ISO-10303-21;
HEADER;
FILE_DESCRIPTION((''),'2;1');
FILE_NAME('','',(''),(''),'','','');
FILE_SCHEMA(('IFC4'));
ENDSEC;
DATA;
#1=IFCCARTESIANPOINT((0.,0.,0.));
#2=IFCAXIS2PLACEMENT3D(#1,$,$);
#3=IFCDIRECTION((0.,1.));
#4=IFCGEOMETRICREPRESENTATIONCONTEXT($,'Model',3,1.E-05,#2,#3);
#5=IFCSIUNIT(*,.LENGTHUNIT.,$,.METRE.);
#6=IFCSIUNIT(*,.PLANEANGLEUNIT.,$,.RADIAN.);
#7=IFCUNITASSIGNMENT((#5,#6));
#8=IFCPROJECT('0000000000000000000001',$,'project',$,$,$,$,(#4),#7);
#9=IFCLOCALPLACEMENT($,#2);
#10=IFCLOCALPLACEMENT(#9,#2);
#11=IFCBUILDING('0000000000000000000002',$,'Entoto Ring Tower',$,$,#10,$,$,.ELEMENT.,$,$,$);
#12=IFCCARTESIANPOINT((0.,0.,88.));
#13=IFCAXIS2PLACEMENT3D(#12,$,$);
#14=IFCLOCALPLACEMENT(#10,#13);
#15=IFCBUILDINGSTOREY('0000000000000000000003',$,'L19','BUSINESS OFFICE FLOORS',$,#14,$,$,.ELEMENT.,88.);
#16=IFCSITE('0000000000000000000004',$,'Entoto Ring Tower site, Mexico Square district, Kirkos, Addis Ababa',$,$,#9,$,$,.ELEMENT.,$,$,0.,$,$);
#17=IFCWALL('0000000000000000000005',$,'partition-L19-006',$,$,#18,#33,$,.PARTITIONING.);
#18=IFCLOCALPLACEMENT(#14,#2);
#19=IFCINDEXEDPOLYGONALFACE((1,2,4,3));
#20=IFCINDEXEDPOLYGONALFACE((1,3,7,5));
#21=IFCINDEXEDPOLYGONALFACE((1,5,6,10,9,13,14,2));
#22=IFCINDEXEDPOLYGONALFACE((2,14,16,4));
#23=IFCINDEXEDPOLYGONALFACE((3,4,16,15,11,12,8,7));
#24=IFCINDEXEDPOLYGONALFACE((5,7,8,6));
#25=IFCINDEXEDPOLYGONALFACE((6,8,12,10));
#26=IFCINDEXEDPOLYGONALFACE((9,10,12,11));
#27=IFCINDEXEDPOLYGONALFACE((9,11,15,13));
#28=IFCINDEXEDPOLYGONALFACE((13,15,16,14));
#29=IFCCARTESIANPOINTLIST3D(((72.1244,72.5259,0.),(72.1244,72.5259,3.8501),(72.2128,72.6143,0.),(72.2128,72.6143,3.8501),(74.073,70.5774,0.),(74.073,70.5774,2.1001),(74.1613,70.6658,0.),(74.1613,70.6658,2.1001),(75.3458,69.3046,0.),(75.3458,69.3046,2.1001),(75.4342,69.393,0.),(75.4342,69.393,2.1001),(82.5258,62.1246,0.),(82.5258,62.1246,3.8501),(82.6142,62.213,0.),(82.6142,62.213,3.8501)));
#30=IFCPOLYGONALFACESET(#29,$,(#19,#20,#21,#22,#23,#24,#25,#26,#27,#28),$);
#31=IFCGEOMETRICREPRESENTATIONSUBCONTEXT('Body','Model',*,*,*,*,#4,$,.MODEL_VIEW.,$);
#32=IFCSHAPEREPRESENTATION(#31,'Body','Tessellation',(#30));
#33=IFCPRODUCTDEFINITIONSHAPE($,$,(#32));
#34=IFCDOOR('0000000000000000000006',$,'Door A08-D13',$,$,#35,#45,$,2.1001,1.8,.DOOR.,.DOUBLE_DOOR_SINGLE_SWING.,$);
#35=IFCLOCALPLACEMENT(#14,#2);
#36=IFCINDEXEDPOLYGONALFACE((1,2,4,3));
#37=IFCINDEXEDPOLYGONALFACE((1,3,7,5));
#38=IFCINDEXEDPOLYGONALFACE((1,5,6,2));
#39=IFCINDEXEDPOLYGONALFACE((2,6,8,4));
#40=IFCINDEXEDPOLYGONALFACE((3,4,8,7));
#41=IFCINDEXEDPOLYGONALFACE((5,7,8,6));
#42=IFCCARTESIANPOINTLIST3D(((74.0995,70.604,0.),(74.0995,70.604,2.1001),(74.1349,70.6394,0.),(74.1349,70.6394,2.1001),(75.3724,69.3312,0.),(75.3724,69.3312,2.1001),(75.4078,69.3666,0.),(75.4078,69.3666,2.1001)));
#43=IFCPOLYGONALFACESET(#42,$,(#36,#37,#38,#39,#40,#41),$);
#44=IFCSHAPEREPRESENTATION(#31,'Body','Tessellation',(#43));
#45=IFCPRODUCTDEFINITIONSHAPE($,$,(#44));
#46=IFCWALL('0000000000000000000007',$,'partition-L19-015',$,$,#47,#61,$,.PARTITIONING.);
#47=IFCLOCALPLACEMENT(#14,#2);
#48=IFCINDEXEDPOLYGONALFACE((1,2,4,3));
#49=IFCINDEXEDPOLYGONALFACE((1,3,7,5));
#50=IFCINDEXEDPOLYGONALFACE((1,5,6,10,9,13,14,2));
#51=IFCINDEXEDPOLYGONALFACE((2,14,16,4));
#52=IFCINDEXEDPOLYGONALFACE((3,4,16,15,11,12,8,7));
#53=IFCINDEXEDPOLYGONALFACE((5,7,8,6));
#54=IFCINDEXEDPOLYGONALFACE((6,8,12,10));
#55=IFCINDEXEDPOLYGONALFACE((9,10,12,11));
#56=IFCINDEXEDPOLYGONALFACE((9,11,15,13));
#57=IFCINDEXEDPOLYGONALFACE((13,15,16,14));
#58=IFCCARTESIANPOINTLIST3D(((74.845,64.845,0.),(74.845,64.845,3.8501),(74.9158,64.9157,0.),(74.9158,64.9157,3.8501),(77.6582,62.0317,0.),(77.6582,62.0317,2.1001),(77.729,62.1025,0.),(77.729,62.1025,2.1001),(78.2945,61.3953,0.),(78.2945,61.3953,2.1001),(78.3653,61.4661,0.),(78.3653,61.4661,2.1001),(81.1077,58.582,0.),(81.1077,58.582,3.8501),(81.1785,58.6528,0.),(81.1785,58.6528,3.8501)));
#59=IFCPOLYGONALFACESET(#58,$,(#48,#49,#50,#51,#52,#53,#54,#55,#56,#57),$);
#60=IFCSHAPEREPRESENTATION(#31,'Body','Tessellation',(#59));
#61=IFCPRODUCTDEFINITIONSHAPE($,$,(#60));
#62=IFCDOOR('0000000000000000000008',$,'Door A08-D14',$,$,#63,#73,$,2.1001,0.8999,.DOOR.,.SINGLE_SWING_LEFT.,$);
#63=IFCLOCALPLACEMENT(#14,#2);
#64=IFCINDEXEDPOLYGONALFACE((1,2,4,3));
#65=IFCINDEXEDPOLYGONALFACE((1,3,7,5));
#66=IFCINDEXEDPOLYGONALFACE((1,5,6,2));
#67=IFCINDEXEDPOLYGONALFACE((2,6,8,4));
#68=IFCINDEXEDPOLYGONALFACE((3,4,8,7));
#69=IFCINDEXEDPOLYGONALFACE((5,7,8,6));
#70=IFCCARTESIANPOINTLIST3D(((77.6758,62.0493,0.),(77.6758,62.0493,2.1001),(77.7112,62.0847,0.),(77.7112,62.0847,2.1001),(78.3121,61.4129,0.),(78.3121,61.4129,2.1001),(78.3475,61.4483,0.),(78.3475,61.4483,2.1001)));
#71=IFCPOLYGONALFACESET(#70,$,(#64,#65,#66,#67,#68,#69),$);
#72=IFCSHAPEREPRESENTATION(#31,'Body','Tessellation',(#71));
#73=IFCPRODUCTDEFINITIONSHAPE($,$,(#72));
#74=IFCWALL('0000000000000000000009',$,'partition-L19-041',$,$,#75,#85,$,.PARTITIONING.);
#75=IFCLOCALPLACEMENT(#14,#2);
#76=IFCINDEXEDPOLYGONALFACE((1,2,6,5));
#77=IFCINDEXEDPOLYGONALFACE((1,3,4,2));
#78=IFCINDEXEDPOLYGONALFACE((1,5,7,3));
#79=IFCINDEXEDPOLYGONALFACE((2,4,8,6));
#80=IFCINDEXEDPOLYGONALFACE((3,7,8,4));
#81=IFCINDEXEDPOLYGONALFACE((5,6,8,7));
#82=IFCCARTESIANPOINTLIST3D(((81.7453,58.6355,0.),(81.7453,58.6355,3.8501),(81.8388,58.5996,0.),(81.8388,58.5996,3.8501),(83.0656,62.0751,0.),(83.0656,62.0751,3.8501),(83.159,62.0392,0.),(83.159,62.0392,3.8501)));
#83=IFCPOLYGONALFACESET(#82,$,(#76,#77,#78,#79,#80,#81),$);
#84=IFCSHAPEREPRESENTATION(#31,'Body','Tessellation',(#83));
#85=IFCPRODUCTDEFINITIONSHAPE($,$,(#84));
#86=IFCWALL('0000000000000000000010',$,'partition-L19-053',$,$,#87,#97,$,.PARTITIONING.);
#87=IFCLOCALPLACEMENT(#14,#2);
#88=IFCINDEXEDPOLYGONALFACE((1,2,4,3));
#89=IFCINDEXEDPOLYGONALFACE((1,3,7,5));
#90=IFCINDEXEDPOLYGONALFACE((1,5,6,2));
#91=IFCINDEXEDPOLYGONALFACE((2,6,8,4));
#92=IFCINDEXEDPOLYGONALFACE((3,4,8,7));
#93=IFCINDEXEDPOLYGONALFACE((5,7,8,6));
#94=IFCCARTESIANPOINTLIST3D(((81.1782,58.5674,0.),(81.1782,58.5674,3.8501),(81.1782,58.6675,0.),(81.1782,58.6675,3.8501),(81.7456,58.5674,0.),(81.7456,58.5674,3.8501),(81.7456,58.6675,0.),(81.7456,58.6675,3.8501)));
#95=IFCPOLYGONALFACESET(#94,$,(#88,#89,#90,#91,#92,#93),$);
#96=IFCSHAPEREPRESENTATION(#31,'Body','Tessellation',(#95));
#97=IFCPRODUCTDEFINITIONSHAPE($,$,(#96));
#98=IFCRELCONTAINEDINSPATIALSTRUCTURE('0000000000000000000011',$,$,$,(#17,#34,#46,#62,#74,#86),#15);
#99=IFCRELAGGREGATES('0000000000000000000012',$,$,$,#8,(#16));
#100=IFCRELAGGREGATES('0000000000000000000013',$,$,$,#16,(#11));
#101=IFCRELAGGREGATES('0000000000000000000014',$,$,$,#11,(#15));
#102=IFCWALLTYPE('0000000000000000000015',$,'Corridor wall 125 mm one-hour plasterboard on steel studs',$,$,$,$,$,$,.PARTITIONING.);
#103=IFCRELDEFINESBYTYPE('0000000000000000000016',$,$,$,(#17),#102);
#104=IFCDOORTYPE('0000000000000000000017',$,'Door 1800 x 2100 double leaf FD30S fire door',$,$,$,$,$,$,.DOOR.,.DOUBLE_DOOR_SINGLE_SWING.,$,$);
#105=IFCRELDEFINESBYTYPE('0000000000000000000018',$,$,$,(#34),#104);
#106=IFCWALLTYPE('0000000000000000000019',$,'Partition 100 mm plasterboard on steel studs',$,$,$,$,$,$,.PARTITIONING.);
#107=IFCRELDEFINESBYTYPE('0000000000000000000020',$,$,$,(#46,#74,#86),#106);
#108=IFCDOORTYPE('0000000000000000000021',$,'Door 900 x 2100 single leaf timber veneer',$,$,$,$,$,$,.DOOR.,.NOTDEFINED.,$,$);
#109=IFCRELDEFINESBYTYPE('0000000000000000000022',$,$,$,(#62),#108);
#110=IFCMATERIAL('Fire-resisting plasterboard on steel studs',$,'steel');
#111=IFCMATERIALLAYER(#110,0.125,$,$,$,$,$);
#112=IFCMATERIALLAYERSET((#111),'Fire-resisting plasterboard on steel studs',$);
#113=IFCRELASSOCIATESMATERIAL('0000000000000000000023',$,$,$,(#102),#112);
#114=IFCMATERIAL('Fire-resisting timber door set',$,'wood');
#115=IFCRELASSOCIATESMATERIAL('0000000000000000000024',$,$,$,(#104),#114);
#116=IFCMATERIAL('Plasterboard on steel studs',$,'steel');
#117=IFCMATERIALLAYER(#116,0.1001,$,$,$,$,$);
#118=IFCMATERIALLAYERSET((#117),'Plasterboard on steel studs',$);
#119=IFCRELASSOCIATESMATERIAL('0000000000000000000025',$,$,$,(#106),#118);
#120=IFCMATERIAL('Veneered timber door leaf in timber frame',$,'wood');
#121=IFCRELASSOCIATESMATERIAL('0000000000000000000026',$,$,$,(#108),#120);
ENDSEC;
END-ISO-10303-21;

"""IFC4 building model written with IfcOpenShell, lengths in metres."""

from ifc_helpers import new_model, si_unit, direction, frame, frame_2d, origin, place, context, subcontext, project, spatial, rectangle, extrude, material, layer, layer_set, type_object, element, fill, save


model = new_model("IFC4")

# Units and contexts
model_context = context("Model", 3, precision=1e-05, world=origin(), true_north=direction((0.0, 1.0)))
body_context = subcontext(model_context, "Body", "Model", "MODEL_VIEW")
ifc_project = project(units=[si_unit("LENGTHUNIT", "METRE"), si_unit("PLANEANGLEUNIT", "RADIAN")], contexts=[model_context])

# Site, building, storey
site_placement = place(None, origin())
site = spatial("IfcSite", under=ifc_project, at=site_placement, Name="Entoto Ring Tower site, Mexico Square district, Kirkos, Addis Ababa", CompositionType="ELEMENT", RefElevation=0.0)
building_placement = place(site_placement, origin())
building = spatial("IfcBuilding", under=site, at=building_placement, Name="Entoto Ring Tower", CompositionType="ELEMENT")
storey_placement = place(building_placement, frame((0.0, 0.0, 88.0)))
storey = spatial("IfcBuildingStorey", under=building, at=storey_placement, Name="L19", Description="BUSINESS OFFICE FLOORS", CompositionType="ELEMENT", Elevation=88.0)

# Shared definitions
ifc_material_1 = material(Name="Fire-resisting plasterboard on steel studs", Category="steel")
ifc_layer_1 = layer(ifc_material_1, 0.125)
ifc_layer_set_1 = layer_set([ifc_layer_1], Name="Fire-resisting plasterboard on steel studs")
wall_type_1 = type_object("IfcWallType", Name="Corridor wall 125 mm one-hour plasterboard on steel studs", PredefinedType="PARTITIONING", material=ifc_layer_set_1)

# Walls, openings, doors
wall_1_placement = place(storey_placement, frame((82.5701, 62.1687, 0.0), z_axis=(0.0, 0.0, 1.0), x_axis=(-0.707107, 0.707107, 0.0)))
wall_1 = element("IfcWall", 1, at=wall_1_placement, inside=storey, type_object=wall_type_1, Name="partition-L19-006", PredefinedType="PARTITIONING", context=body_context, shape_type="SweptSolid", body=[
    extrude(rectangle(XDim=14.7097, YDim=0.125, at=frame_2d((7.355, 0.0))), origin(), (0.0, 0.0, 1.0), 3.8501),
])
opening_1_placement = place(wall_1_placement, frame((10.1543, 0.0, 0.0)))
opening_1 = element("IfcOpeningElement", 2, at=opening_1_placement, cuts=wall_1, PredefinedType="OPENING", context=body_context, shape_type="SweptSolid", body=[
    extrude(rectangle(XDim=1.8, YDim=2.1001, at=frame_2d((0.8999, 1.05))), frame((0.0, 0.0725, 0.0), z_axis=(0.0, -1.0, 0.0), x_axis=(1.0, 0.0, 0.0)), (0.0, 0.0, 1.0), 0.145),
])
ifc_material_2 = material(Name="Fire-resisting timber door set", Category="wood")
door_type_1 = type_object("IfcDoorType", Name="Door 1800 x 2100 double leaf FD30S fire door", OperationType="DOUBLE_DOOR_SINGLE_SWING", PredefinedType="DOOR", material=ifc_material_2)
door_1_placement = place(opening_1_placement, origin())
door_1 = element("IfcDoor", 3, at=door_1_placement, inside=storey, type_object=door_type_1, Name="Door A08-D13", OperationType="DOUBLE_DOOR_SINGLE_SWING", OverallHeight=2.1001, OverallWidth=1.8, PredefinedType="DOOR", context=body_context, shape_type="SweptSolid", body=[
    extrude(rectangle(XDim=1.8, YDim=2.1001, at=frame_2d((0.8999, 1.05))), frame((0.0, 0.0249, 0.0), z_axis=(0.0, -1.0, 0.0), x_axis=(1.0, 0.0, 0.0)), (0.0, 0.0, 1.0), 0.05),
])
fill(opening_1, door_1)
ifc_material_3 = material(Name="Plasterboard on steel studs", Category="steel")
ifc_layer_2 = layer(ifc_material_3, 0.1001)
ifc_layer_set_2 = layer_set([ifc_layer_2], Name="Plasterboard on steel studs")
wall_type_2 = type_object("IfcWallType", Name="Partition 100 mm plasterboard on steel studs", PredefinedType="PARTITIONING", material=ifc_layer_set_2)
wall_2_placement = place(storey_placement, frame((81.1431, 58.6174, 0.0), z_axis=(0.0, 0.0, 1.0), x_axis=(-0.707093, 0.707121, 0.0)))
wall_2 = element("IfcWall", 4, at=wall_2_placement, inside=storey, type_object=wall_type_2, Name="partition-L19-015", PredefinedType="PARTITIONING", context=body_context, shape_type="SweptSolid", body=[
    extrude(rectangle(XDim=8.8569, YDim=0.1001, at=frame_2d((4.4285, 0.0))), origin(), (0.0, 0.0, 1.0), 3.8501),
])
opening_2_placement = place(wall_2_placement, frame((3.9785, 0.0, 0.0)))
opening_2 = element("IfcOpeningElement", 5, at=opening_2_placement, cuts=wall_2, PredefinedType="OPENING", context=body_context, shape_type="SweptSolid", body=[
    extrude(rectangle(XDim=0.8999, YDim=2.1001, at=frame_2d((0.45, 1.05))), frame((0.0, 0.0601, 0.0), z_axis=(0.0, -1.0, 0.0), x_axis=(1.0, 0.0, 0.0)), (0.0, 0.0, 1.0), 0.1201),
])
ifc_material_4 = material(Name="Veneered timber door leaf in timber frame", Category="wood")
door_type_2 = type_object("IfcDoorType", Name="Door 900 x 2100 single leaf timber veneer", OperationType="NOTDEFINED", PredefinedType="DOOR", material=ifc_material_4)
door_2_placement = place(opening_2_placement, frame((0.8999, 0.0, 0.0), z_axis=(0.0, 0.0, 1.0), x_axis=(-1.0, 0.0, 0.0)))
door_2 = element("IfcDoor", 6, at=door_2_placement, inside=storey, type_object=door_type_2, Name="Door A08-D14", OperationType="SINGLE_SWING_LEFT", OverallHeight=2.1001, OverallWidth=0.8999, PredefinedType="DOOR", context=body_context, shape_type="SweptSolid", body=[
    extrude(rectangle(XDim=0.8999, YDim=2.1001, at=frame_2d((0.45, 1.05))), frame((0.0, 0.0249, 0.0), z_axis=(0.0, -1.0, 0.0), x_axis=(1.0, 0.0, 0.0)), (0.0, 0.0, 1.0), 0.05),
])
fill(opening_2, door_2)

# Walls
wall_3_placement = place(storey_placement, frame((81.792, 58.6174, 0.0), z_axis=(0.0, 0.0, 1.0), x_axis=(0.358353, 0.933586, 0.0)))
element("IfcWall", 7, at=wall_3_placement, inside=storey, type_object=wall_type_2, Name="partition-L19-041", PredefinedType="PARTITIONING", context=body_context, shape_type="SweptSolid", body=[
    extrude(rectangle(XDim=3.6843, YDim=0.1001, at=frame_2d((1.8423, 0.0))), origin(), (0.0, 0.0, 1.0), 3.8501),
])
wall_4_placement = place(storey_placement, frame((81.1782, 58.6174, 0.0), z_axis=(0.0, 0.0, 1.0), x_axis=(1.0, 0.0, 0.0)))
element("IfcWall", 8, at=wall_4_placement, inside=storey, type_object=wall_type_2, Name="partition-L19-053", PredefinedType="PARTITIONING", context=body_context, shape_type="SweptSolid", body=[
    extrude(rectangle(XDim=0.5674, YDim=0.1001, at=frame_2d((0.2837, 0.0))), origin(), (0.0, 0.0, 1.0), 3.8501),
])

save(model, "model.ifc")
